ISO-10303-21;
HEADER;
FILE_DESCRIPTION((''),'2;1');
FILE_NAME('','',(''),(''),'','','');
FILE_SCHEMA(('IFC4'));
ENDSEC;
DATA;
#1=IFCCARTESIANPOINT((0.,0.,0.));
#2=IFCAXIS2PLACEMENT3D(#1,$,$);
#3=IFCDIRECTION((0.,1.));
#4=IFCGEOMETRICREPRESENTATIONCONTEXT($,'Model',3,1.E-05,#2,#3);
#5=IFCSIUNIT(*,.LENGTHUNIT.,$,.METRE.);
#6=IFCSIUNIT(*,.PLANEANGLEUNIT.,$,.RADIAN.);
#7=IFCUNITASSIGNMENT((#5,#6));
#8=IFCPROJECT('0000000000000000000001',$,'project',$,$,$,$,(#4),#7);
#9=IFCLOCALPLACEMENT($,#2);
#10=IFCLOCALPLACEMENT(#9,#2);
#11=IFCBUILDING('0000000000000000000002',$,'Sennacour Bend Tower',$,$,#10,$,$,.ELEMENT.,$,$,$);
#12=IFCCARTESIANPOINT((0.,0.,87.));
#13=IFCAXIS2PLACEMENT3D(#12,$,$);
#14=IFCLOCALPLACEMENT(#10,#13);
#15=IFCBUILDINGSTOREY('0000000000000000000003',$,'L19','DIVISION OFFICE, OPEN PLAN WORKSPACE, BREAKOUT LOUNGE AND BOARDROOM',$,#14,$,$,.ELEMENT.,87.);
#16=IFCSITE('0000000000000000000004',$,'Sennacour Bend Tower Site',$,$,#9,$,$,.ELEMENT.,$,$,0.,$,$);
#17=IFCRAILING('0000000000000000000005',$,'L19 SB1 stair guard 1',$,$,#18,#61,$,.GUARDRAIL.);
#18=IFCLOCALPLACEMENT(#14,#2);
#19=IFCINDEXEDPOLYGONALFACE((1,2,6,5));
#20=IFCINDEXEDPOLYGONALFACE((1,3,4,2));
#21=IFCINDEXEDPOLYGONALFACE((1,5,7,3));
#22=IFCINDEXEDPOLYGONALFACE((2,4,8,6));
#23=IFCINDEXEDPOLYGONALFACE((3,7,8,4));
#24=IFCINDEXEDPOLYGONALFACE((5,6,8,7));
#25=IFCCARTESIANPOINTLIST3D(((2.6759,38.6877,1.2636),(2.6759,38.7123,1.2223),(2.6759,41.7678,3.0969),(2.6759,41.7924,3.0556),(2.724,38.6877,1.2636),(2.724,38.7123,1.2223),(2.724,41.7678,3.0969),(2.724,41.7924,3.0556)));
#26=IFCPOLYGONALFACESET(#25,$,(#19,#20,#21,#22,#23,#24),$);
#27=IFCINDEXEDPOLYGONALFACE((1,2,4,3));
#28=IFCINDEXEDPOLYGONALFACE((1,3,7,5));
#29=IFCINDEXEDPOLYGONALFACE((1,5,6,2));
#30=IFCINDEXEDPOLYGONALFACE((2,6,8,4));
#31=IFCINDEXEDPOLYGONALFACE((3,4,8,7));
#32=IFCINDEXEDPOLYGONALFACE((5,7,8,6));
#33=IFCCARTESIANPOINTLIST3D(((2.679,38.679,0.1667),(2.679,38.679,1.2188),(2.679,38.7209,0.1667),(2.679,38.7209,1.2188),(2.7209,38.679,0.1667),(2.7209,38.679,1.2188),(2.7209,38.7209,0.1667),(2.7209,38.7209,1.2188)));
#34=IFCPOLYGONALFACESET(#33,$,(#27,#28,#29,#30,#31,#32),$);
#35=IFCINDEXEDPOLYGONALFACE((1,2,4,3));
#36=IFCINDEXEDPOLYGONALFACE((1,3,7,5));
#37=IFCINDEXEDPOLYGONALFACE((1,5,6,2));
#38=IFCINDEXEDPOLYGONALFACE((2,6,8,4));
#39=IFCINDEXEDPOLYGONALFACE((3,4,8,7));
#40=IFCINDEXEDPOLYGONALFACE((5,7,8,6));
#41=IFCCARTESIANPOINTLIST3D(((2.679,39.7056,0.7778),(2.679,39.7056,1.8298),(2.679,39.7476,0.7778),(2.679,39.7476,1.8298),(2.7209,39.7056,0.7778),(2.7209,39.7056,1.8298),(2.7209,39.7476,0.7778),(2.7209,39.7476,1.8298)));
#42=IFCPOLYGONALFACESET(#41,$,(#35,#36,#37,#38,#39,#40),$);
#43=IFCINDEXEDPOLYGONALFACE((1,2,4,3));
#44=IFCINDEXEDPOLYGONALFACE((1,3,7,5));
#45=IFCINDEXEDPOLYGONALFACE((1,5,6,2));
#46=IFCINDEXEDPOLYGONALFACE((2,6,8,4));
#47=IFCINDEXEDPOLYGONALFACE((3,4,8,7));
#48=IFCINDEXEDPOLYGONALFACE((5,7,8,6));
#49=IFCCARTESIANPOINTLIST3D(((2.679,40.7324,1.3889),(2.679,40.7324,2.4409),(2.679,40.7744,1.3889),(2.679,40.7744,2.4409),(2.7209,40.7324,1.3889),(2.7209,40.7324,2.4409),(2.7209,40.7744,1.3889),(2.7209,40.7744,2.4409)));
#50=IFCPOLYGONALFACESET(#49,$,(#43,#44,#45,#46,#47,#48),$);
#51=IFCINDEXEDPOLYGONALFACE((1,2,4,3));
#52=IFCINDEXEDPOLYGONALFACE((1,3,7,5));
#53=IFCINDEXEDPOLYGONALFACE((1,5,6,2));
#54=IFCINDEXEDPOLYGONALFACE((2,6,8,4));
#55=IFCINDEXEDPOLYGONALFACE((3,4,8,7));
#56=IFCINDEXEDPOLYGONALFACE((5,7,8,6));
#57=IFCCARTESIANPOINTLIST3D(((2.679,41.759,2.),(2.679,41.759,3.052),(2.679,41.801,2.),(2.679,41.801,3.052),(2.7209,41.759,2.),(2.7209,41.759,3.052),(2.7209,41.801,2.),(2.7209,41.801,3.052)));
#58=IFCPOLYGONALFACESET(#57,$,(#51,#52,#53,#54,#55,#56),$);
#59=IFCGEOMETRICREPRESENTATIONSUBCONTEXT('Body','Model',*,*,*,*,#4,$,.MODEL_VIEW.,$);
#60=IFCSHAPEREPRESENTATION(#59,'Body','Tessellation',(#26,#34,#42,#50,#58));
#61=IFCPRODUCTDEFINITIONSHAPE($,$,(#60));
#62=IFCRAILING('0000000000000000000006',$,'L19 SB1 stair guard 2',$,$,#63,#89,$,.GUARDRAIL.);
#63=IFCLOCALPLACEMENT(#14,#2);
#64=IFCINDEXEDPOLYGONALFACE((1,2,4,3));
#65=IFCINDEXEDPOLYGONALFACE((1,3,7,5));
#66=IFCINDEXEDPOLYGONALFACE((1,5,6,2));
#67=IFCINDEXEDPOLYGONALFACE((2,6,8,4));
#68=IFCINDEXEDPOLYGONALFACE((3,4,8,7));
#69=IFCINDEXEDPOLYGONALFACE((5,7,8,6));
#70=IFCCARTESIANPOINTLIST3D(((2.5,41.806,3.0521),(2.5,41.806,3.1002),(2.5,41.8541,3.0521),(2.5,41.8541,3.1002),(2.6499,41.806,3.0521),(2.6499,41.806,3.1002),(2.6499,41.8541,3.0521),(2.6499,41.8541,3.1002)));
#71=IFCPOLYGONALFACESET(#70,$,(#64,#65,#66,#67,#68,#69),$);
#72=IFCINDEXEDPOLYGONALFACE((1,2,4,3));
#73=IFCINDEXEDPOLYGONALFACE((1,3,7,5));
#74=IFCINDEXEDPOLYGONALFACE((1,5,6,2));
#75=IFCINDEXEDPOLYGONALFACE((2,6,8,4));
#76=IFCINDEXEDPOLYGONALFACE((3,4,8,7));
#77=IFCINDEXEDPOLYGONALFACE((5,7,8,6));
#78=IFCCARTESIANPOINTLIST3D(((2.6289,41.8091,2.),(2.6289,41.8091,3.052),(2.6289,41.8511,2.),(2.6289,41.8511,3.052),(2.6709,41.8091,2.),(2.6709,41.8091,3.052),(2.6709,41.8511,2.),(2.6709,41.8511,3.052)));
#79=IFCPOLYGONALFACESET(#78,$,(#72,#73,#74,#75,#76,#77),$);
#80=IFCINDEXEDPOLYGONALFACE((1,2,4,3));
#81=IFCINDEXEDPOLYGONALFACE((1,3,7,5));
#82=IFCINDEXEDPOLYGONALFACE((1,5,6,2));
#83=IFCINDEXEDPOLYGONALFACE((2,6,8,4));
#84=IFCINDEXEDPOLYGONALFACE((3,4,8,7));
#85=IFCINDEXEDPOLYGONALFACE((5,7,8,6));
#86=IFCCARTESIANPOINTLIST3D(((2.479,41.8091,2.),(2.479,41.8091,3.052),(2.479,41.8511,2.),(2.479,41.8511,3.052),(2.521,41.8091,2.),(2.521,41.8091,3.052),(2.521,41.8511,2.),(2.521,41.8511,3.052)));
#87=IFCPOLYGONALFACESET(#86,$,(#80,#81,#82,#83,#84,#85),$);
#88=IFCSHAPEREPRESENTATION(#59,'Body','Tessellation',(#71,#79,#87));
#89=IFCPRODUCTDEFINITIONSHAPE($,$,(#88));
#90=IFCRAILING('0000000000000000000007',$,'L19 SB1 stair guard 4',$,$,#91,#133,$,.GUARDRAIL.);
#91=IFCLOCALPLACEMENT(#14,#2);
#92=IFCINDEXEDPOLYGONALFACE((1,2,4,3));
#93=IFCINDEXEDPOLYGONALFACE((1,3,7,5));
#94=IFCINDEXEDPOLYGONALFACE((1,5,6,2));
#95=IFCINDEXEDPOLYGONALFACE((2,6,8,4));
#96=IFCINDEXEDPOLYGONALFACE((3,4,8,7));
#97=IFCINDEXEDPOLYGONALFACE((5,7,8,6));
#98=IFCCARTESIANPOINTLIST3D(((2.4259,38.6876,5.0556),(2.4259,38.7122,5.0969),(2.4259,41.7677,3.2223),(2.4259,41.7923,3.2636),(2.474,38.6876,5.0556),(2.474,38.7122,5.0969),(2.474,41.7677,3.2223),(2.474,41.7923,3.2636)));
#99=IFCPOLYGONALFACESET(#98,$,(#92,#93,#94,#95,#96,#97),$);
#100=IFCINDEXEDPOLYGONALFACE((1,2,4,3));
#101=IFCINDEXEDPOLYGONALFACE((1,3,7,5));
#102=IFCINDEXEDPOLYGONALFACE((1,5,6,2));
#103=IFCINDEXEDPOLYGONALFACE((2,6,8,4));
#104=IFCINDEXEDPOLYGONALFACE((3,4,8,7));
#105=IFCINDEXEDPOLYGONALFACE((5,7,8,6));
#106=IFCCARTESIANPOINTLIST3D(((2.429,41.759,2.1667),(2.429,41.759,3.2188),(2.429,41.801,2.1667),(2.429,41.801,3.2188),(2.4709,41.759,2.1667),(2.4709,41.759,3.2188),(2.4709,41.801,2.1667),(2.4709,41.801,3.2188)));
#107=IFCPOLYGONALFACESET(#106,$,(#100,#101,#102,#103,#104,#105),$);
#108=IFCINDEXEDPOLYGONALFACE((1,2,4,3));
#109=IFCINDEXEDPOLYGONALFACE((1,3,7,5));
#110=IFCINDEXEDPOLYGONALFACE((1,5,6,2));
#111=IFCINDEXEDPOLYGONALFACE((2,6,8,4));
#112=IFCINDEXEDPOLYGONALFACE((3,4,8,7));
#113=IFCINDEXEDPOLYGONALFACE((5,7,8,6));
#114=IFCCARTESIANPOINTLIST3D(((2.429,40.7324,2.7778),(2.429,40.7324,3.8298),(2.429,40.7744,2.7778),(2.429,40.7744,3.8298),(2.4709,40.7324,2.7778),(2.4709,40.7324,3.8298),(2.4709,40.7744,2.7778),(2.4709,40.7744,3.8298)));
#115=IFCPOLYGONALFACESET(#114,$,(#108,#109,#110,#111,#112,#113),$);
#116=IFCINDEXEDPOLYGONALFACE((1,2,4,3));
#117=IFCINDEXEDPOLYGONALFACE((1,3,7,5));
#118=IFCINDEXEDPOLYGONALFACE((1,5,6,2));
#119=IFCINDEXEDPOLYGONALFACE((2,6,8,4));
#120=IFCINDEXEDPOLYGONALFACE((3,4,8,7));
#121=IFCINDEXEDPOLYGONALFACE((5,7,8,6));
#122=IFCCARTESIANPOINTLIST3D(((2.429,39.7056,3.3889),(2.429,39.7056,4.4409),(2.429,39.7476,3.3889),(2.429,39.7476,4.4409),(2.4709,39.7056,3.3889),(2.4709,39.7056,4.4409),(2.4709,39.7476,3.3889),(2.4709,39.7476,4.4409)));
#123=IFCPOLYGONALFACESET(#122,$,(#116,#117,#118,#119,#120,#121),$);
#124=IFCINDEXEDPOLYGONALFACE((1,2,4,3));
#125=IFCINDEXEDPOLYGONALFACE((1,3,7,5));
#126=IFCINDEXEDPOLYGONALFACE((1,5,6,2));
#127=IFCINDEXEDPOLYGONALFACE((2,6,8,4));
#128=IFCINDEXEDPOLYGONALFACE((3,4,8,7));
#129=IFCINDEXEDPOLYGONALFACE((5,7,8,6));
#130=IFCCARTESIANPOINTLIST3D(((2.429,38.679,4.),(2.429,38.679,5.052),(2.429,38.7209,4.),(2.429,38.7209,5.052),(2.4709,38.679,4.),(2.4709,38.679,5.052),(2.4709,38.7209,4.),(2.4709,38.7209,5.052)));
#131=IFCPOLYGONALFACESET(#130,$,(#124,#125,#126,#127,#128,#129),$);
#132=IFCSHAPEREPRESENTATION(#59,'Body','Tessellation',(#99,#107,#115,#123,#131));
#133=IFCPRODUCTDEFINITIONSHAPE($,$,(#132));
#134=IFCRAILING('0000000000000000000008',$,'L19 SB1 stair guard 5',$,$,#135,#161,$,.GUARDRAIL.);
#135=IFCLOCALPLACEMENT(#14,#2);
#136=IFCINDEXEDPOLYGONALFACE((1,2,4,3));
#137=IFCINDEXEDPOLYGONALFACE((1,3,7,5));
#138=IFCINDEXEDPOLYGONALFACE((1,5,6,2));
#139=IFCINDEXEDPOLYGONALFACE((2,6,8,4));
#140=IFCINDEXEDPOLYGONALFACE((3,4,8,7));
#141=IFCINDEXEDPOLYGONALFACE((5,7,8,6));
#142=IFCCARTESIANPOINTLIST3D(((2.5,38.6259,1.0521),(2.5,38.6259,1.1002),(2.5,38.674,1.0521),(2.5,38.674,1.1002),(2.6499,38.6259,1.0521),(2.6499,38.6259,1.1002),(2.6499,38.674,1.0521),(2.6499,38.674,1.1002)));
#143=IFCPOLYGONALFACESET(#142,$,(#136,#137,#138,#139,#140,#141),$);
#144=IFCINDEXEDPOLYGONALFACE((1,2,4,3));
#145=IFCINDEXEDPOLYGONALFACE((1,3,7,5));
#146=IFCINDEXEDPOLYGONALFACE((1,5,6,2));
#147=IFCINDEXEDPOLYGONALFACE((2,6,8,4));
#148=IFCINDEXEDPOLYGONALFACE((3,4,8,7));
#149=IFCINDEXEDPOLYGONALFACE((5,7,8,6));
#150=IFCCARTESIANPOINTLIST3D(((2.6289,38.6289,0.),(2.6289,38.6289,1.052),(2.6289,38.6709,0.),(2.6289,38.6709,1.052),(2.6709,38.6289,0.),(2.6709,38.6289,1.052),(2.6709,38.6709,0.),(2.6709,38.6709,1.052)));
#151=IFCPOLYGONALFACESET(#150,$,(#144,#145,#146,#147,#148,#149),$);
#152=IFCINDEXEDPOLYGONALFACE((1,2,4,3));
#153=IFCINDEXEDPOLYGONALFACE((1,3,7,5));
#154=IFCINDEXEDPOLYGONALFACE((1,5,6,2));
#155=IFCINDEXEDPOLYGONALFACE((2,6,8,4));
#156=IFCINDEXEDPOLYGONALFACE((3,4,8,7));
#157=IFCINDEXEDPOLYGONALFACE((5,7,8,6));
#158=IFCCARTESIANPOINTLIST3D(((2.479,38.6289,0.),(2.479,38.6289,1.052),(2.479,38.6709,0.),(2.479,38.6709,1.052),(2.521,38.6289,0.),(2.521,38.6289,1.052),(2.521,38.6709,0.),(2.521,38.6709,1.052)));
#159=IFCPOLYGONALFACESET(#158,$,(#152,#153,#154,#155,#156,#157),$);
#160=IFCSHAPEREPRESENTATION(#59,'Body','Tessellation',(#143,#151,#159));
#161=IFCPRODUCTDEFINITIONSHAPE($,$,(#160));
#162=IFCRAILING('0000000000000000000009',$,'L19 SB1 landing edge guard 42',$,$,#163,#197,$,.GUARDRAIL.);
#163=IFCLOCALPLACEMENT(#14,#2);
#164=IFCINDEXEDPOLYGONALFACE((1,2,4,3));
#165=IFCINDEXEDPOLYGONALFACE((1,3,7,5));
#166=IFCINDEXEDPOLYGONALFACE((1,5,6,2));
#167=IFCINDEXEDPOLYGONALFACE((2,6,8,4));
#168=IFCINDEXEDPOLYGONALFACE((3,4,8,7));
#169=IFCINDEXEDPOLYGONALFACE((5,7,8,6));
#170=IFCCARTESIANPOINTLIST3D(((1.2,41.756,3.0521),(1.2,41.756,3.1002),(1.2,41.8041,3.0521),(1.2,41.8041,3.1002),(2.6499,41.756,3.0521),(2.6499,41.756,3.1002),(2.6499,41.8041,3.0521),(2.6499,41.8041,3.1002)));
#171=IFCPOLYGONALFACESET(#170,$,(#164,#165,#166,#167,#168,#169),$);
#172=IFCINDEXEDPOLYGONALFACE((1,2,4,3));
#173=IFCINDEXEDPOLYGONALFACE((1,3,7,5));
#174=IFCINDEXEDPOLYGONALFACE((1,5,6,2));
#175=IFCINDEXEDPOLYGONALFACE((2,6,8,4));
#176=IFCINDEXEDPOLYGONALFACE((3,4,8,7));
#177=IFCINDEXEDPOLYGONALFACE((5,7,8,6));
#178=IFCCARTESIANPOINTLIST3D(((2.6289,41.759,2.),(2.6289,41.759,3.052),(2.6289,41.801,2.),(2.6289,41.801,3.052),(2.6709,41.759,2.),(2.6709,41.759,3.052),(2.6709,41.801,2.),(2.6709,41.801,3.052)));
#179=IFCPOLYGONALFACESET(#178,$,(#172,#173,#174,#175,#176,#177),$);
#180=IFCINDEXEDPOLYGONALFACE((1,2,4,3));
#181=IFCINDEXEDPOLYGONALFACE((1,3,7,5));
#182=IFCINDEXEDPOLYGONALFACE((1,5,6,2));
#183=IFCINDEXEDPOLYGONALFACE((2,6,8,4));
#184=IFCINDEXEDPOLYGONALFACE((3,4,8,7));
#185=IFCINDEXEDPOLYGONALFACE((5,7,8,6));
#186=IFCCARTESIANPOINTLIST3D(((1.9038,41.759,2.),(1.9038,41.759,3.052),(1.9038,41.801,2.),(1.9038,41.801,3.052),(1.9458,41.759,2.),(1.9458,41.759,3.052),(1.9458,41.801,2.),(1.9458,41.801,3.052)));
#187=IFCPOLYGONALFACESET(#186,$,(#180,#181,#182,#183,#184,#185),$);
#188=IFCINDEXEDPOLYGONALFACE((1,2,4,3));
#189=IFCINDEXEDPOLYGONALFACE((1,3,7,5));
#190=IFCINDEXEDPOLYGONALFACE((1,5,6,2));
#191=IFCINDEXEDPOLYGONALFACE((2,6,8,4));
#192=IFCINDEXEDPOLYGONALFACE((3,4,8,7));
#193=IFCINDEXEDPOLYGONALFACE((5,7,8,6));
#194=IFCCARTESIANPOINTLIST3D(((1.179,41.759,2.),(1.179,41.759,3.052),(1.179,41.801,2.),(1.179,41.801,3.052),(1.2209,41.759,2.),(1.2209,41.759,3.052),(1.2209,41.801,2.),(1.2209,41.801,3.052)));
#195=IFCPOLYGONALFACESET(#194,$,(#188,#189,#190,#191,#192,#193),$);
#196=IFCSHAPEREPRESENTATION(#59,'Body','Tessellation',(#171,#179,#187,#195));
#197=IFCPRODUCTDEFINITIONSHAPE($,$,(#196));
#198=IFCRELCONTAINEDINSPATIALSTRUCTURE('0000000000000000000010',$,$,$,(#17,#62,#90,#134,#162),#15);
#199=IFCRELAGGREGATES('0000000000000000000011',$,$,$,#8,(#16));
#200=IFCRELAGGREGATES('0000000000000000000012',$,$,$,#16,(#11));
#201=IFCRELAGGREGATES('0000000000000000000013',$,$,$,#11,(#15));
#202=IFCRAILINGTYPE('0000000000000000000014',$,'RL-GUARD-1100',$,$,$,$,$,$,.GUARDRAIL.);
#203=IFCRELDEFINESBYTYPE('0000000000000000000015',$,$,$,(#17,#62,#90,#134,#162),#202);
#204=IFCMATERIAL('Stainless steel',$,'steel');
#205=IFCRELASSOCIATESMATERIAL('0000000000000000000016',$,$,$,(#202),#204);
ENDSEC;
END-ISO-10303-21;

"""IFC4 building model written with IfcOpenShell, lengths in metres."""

from ifc_helpers import new_model, si_unit, direction, frame, origin, origin_2d, place, context, subcontext, project, spatial, rectangle, extrude, material, type_object, element, save


model = new_model("IFC4")

# Units and contexts
model_context = context("Model", 3, precision=1e-05, world=origin(), true_north=direction((0.0, 1.0)))
body_context = subcontext(model_context, "Body", "Model", "MODEL_VIEW")
ifc_project = project(units=[si_unit("LENGTHUNIT", "METRE"), si_unit("PLANEANGLEUNIT", "RADIAN")], contexts=[model_context])

# Site, building, storey
site_placement = place(None, origin())
site = spatial("IfcSite", under=ifc_project, at=site_placement, Name="Sennacour Bend Tower Site", CompositionType="ELEMENT", RefElevation=0.0)
building_placement = place(site_placement, origin())
building = spatial("IfcBuilding", under=site, at=building_placement, Name="Sennacour Bend Tower", CompositionType="ELEMENT")
storey_placement = place(building_placement, frame((0.0, 0.0, 87.0)))
storey = spatial("IfcBuildingStorey", under=building, at=storey_placement, Name="L19", Description="DIVISION OFFICE, OPEN PLAN WORKSPACE, BREAKOUT LOUNGE AND BOARDROOM", CompositionType="ELEMENT", Elevation=87.0)

# Railings
ifc_material_1 = material(Name="Stainless steel", Category="steel")
railing_type_1 = type_object("IfcRailingType", Name="RL-GUARD-1100", PredefinedType="GUARDRAIL", material=ifc_material_1)
railing_1_placement = place(storey_placement, frame((2.7, 38.7, 0.1667)))
element("IfcRailing", 1, at=railing_1_placement, inside=storey, type_object=railing_type_1, Name="L19 SB1 stair guard 1", PredefinedType="GUARDRAIL", context=body_context, shape_type="SweptSolid", body=[
    extrude(rectangle(XDim=0.0481, YDim=0.0481, at=origin_2d()), frame((0.0, 0.0, 1.0762), z_axis=(0.0, 0.859309, 0.511458), x_axis=(-1.0, 0.0, 0.0)), (0.0, 0.0, 1.0), 3.5845),
    extrude(rectangle(XDim=0.042, YDim=0.042, at=origin_2d()), origin(), (0.0, 0.0, 1.0), 1.052),
    extrude(rectangle(XDim=0.042, YDim=0.042, at=origin_2d()), frame((0.0, 1.0266, 0.6111)), (0.0, 0.0, 1.0), 1.052),
    extrude(rectangle(XDim=0.042, YDim=0.042, at=origin_2d()), frame((0.0, 2.0535, 1.2222)), (0.0, 0.0, 1.0), 1.052),
    extrude(rectangle(XDim=0.042, YDim=0.042, at=origin_2d()), frame((0.0, 3.0801, 1.8333)), (0.0, 0.0, 1.0), 1.052),
])
railing_2_placement = place(storey_placement, frame((2.6499, 41.8301, 2.0)))
element("IfcRailing", 2, at=railing_2_placement, inside=storey, type_object=railing_type_1, Name="L19 SB1 stair guard 2", PredefinedType="GUARDRAIL", context=body_context, shape_type="SweptSolid", body=[
    extrude(rectangle(XDim=0.0481, YDim=0.0481, at=origin_2d()), frame((0.0, 0.0, 1.0762), z_axis=(-1.0, 0.0, 0.0), x_axis=(0.0, -1.0, 0.0)), (0.0, 0.0, 1.0), 0.1499),
    extrude(rectangle(XDim=0.042, YDim=0.042, at=origin_2d()), origin(), (0.0, 0.0, 1.0), 1.052),
    extrude(rectangle(XDim=0.042, YDim=0.042, at=origin_2d()), frame((-0.1499, 0.0, 0.0)), (0.0, 0.0, 1.0), 1.052),
])
railing_3_placement = place(storey_placement, frame((2.45, 41.78, 2.1667)))
element("IfcRailing", 3, at=railing_3_placement, inside=storey, type_object=railing_type_1, Name="L19 SB1 stair guard 4", PredefinedType="GUARDRAIL", context=body_context, shape_type="SweptSolid", body=[
    extrude(rectangle(XDim=0.0481, YDim=0.0481, at=origin_2d()), frame((0.0, 0.0, 1.0762), z_axis=(0.0, -0.859309, 0.511458), x_axis=(1.0, 0.0, 0.0)), (0.0, 0.0, 1.0), 3.5845),
    extrude(rectangle(XDim=0.042, YDim=0.042, at=origin_2d()), origin(), (0.0, 0.0, 1.0), 1.052),
    extrude(rectangle(XDim=0.042, YDim=0.042, at=origin_2d()), frame((0.0, -1.0266, 0.6111)), (0.0, 0.0, 1.0), 1.052),
    extrude(rectangle(XDim=0.042, YDim=0.042, at=origin_2d()), frame((0.0, -2.0535, 1.2222)), (0.0, 0.0, 1.0), 1.052),
    extrude(rectangle(XDim=0.042, YDim=0.042, at=origin_2d()), frame((0.0, -3.0801, 1.8333)), (0.0, 0.0, 1.0), 1.052),
])
railing_4_placement = place(storey_placement, frame((2.6499, 38.6499, 0.0)))
element("IfcRailing", 4, at=railing_4_placement, inside=storey, type_object=railing_type_1, Name="L19 SB1 stair guard 5", PredefinedType="GUARDRAIL", context=body_context, shape_type="SweptSolid", body=[
    extrude(rectangle(XDim=0.0481, YDim=0.0481, at=origin_2d()), frame((0.0, 0.0, 1.0762), z_axis=(-1.0, 0.0, 0.0), x_axis=(0.0, -1.0, 0.0)), (0.0, 0.0, 1.0), 0.1499),
    extrude(rectangle(XDim=0.042, YDim=0.042, at=origin_2d()), origin(), (0.0, 0.0, 1.0), 1.052),
    extrude(rectangle(XDim=0.042, YDim=0.042, at=origin_2d()), frame((-0.1499, 0.0, 0.0)), (0.0, 0.0, 1.0), 1.052),
])
railing_5_placement = place(storey_placement, frame((2.6499, 41.78, 2.0)))
element("IfcRailing", 5, at=railing_5_placement, inside=storey, type_object=railing_type_1, Name="L19 SB1 landing edge guard 42", PredefinedType="GUARDRAIL", context=body_context, shape_type="SweptSolid", body=[
    extrude(rectangle(XDim=0.0481, YDim=0.0481, at=origin_2d()), frame((0.0, 0.0, 1.0762), z_axis=(-1.0, 0.0, 0.0), x_axis=(0.0, -1.0, 0.0)), (0.0, 0.0, 1.0), 1.45),
    extrude(rectangle(XDim=0.042, YDim=0.042, at=origin_2d()), origin(), (0.0, 0.0, 1.0), 1.052),
    extrude(rectangle(XDim=0.042, YDim=0.042, at=origin_2d()), frame((-0.7251, 0.0, 0.0)), (0.0, 0.0, 1.0), 1.052),
    extrude(rectangle(XDim=0.042, YDim=0.042, at=origin_2d()), frame((-1.45, 0.0, 0.0)), (0.0, 0.0, 1.0), 1.052),
])

save(model, "model.ifc")
